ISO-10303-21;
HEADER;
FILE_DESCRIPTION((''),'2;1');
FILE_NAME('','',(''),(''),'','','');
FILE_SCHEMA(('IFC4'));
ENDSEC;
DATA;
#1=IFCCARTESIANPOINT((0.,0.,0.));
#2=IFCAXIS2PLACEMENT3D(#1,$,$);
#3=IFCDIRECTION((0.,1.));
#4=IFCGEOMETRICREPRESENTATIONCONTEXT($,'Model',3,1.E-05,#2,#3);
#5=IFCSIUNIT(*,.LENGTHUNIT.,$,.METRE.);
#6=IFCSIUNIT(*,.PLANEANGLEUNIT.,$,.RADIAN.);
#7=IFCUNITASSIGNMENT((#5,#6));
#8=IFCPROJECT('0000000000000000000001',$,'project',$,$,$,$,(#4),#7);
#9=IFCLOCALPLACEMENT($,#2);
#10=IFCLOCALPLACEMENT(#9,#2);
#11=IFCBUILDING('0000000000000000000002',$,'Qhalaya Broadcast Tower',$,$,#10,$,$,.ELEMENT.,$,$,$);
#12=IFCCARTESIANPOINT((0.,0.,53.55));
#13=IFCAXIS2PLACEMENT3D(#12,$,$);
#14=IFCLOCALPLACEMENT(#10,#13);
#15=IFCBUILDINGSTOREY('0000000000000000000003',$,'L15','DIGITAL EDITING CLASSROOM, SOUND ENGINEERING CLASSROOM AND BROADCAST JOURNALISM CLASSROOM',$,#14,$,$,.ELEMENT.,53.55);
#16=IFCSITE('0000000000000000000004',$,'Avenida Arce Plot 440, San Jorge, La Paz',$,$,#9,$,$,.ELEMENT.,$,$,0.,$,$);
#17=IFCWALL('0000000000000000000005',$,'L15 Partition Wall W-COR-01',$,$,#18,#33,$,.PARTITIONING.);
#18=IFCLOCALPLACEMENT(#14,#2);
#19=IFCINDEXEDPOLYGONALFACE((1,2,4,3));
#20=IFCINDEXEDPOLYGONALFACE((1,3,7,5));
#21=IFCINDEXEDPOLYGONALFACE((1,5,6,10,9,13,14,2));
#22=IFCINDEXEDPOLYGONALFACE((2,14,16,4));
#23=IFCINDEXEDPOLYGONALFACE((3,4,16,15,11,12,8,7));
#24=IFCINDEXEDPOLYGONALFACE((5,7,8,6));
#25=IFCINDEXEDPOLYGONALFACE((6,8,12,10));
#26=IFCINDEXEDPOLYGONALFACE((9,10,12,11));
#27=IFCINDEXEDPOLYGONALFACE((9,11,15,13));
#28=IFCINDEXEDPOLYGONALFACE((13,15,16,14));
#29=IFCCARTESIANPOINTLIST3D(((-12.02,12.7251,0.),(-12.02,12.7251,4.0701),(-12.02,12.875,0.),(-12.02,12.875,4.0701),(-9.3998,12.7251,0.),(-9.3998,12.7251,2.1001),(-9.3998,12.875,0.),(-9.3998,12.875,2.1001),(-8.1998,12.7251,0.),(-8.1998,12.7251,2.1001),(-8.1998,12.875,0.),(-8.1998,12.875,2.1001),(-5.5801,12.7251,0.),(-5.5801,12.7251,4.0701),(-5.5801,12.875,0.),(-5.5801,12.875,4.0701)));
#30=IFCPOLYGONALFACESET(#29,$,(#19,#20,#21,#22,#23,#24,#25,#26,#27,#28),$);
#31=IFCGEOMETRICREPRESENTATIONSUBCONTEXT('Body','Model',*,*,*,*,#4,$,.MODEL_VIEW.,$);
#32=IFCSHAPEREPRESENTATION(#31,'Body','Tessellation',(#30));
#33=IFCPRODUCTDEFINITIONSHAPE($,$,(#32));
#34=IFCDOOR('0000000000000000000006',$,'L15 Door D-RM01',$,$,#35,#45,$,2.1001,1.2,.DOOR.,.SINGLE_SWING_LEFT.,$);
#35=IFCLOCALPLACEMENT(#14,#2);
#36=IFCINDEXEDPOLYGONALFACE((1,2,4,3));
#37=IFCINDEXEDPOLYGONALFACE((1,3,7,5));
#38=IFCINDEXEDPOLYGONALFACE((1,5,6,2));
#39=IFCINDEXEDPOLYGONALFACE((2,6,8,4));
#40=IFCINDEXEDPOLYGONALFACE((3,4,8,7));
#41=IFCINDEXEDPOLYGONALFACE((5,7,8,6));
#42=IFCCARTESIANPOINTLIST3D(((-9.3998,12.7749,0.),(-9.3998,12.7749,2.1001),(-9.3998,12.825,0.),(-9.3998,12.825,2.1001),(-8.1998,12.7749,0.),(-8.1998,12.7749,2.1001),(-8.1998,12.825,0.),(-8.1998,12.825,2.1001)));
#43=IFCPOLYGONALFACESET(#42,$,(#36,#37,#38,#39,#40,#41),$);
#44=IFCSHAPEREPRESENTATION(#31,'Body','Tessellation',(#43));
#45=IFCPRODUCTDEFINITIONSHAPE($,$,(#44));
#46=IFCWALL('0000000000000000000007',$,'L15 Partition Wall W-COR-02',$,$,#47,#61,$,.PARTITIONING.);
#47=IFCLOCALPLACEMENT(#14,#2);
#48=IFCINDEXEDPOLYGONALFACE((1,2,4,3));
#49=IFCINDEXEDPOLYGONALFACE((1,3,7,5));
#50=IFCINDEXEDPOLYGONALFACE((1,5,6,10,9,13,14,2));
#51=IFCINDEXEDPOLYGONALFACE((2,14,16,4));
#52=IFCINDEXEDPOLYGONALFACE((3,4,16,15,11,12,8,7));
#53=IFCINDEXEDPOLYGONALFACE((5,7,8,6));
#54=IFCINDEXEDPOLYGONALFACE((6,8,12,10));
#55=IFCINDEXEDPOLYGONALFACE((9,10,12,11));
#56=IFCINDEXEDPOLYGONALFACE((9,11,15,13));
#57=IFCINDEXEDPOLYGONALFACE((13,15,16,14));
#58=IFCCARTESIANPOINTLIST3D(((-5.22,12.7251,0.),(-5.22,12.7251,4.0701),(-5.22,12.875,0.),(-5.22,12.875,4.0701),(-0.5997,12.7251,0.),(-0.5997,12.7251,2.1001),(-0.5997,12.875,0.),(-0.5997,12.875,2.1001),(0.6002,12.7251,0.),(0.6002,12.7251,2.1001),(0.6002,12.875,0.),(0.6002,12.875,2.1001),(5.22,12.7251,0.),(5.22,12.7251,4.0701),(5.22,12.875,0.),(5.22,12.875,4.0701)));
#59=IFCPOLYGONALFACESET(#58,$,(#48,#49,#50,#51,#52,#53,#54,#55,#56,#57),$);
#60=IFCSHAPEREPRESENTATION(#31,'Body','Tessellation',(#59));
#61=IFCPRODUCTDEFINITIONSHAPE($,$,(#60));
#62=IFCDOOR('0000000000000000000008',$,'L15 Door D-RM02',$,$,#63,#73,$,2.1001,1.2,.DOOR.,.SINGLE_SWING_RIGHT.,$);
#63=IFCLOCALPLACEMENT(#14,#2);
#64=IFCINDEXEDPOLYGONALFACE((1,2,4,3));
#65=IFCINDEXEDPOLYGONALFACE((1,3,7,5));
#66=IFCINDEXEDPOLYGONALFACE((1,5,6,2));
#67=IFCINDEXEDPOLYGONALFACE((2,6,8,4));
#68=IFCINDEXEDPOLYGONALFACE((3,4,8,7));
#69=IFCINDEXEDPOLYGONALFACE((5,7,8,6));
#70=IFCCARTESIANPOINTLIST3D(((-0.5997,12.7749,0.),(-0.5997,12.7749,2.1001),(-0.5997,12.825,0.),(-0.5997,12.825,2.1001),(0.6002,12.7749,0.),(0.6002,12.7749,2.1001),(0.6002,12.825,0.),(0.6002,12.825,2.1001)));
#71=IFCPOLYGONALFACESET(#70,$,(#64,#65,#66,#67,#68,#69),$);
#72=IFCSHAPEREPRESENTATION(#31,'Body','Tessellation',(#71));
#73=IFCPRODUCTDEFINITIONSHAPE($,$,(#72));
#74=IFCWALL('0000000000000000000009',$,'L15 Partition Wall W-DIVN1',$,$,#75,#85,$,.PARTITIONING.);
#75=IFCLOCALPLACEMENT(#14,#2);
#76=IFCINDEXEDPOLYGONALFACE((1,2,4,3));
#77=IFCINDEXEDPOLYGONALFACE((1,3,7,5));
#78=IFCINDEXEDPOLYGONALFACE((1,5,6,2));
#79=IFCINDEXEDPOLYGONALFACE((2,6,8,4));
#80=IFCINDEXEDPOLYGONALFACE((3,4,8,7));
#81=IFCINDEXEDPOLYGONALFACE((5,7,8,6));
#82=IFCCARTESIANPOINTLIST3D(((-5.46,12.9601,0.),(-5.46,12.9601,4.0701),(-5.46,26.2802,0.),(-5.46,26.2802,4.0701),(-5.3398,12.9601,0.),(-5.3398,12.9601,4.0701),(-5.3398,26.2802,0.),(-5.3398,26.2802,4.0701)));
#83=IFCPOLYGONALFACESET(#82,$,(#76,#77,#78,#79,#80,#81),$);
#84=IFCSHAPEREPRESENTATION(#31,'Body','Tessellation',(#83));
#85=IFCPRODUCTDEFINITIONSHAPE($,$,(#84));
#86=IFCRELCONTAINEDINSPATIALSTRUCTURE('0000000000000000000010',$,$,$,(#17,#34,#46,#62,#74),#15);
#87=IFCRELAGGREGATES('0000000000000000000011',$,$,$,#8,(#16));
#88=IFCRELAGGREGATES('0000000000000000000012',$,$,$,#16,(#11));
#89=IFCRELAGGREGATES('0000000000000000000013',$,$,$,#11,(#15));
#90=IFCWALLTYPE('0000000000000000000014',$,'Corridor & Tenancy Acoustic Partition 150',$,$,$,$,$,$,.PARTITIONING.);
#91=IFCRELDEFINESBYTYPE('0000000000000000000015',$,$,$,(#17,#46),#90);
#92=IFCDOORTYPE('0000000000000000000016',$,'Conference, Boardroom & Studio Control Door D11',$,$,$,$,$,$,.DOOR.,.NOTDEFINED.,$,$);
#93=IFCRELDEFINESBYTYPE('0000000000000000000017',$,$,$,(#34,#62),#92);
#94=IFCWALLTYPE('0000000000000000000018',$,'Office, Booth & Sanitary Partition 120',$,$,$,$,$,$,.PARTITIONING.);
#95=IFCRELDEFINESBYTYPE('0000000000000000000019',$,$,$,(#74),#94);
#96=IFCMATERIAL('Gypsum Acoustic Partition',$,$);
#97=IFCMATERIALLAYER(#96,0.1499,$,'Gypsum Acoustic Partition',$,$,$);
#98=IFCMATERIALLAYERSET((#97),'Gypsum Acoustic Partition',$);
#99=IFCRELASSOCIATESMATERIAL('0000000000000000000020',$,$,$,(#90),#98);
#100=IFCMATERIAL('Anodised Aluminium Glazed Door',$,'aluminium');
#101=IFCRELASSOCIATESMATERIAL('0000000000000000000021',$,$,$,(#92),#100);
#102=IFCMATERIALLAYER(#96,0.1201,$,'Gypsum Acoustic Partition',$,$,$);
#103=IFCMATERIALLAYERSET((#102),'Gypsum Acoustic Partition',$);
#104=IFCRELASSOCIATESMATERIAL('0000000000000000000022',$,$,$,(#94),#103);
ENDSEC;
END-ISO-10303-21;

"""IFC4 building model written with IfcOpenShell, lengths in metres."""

from ifc_helpers import new_model, si_unit, direction, frame, frame_2d, origin, place, context, subcontext, project, spatial, rectangle, extrude, material, layer, layer_set, type_object, element, fill, save


model = new_model("IFC4")

# Units and contexts
model_context = context("Model", 3, precision=1e-05, world=origin(), true_north=direction((0.0, 1.0)))
body_context = subcontext(model_context, "Body", "Model", "MODEL_VIEW")
ifc_project = project(units=[si_unit("LENGTHUNIT", "METRE"), si_unit("PLANEANGLEUNIT", "RADIAN")], contexts=[model_context])

# Site, building, storey
site_placement = place(None, origin())
site = spatial("IfcSite", under=ifc_project, at=site_placement, Name="Avenida Arce Plot 440, San Jorge, La Paz", CompositionType="ELEMENT", RefElevation=0.0)
building_placement = place(site_placement, origin())
building = spatial("IfcBuilding", under=site, at=building_placement, Name="Qhalaya Broadcast Tower", CompositionType="ELEMENT")
storey_placement = place(building_placement, frame((0.0, 0.0, 53.55)))
storey = spatial("IfcBuildingStorey", under=building, at=storey_placement, Name="L15", Description="DIGITAL EDITING CLASSROOM, SOUND ENGINEERING CLASSROOM AND BROADCAST JOURNALISM CLASSROOM", CompositionType="ELEMENT", Elevation=53.55)

# Walls, openings, doors
ifc_material_1 = material(Name="Gypsum Acoustic Partition")
ifc_layer_1 = layer(ifc_material_1, 0.1499, Name="Gypsum Acoustic Partition")
ifc_layer_set_1 = layer_set([ifc_layer_1], Name="Gypsum Acoustic Partition")
wall_type_1 = type_object("IfcWallType", Name="Corridor & Tenancy Acoustic Partition 150", PredefinedType="PARTITIONING", material=ifc_layer_set_1)
wall_1_placement = place(storey_placement, frame((-12.02, 12.8, 0.0), z_axis=(0.0, 0.0, 1.0), x_axis=(1.0, 0.0, 0.0)))
wall_1 = element("IfcWall", 1, at=wall_1_placement, inside=storey, type_object=wall_type_1, Name="L15 Partition Wall W-COR-01", PredefinedType="PARTITIONING", context=body_context, shape_type="SweptSolid", body=[
    extrude(rectangle(XDim=6.4399, YDim=0.1499, at=frame_2d((3.22, 0.0))), origin(), (0.0, 0.0, 1.0), 4.0701),
])
opening_1_placement = place(wall_1_placement, frame((2.6201, 0.0, 0.0)))
opening_1 = element("IfcOpeningElement", 2, at=opening_1_placement, cuts=wall_1, PredefinedType="OPENING", context=body_context, shape_type="SweptSolid", body=[
    extrude(rectangle(XDim=1.2, YDim=2.1001, at=frame_2d((0.6001, 1.05))), frame((0.0, 0.0869, 0.0), z_axis=(0.0, -1.0, 0.0), x_axis=(1.0, 0.0, 0.0)), (0.0, 0.0, 1.0), 0.1738),
])
ifc_material_2 = material(Name="Anodised Aluminium Glazed Door", Category="aluminium")
door_type = type_object("IfcDoorType", Name="Conference, Boardroom & Studio Control Door D11", OperationType="NOTDEFINED", PredefinedType="DOOR", material=ifc_material_2)
door_1_placement = place(opening_1_placement, origin())
door_1 = element("IfcDoor", 3, at=door_1_placement, inside=storey, type_object=door_type, Name="L15 Door D-RM01", OperationType="SINGLE_SWING_LEFT", OverallHeight=2.1001, OverallWidth=1.2, PredefinedType="DOOR", context=body_context, shape_type="SweptSolid", body=[
    extrude(rectangle(XDim=1.2, YDim=2.1001, at=frame_2d((0.6001, 1.05))), frame((0.0, 0.0249, 0.0), z_axis=(0.0, -1.0, 0.0), x_axis=(1.0, 0.0, 0.0)), (0.0, 0.0, 1.0), 0.05),
])
fill(opening_1, door_1)
wall_2_placement = place(storey_placement, frame((-5.22, 12.8, 0.0), z_axis=(0.0, 0.0, 1.0), x_axis=(1.0, 0.0, 0.0)))
wall_2 = element("IfcWall", 4, at=wall_2_placement, inside=storey, type_object=wall_type_1, Name="L15 Partition Wall W-COR-02", PredefinedType="PARTITIONING", context=body_context, shape_type="SweptSolid", body=[
    extrude(rectangle(XDim=10.4399, YDim=0.1499, at=frame_2d((5.22, 0.0))), origin(), (0.0, 0.0, 1.0), 4.0701),
])
opening_2_placement = place(wall_2_placement, frame((4.6201, 0.0, 0.0)))
opening_2 = element("IfcOpeningElement", 5, at=opening_2_placement, cuts=wall_2, PredefinedType="OPENING", context=body_context, shape_type="SweptSolid", body=[
    extrude(rectangle(XDim=1.2, YDim=2.1001, at=frame_2d((0.6001, 1.05))), frame((0.0, 0.0869, 0.0), z_axis=(0.0, -1.0, 0.0), x_axis=(1.0, 0.0, 0.0)), (0.0, 0.0, 1.0), 0.1738),
])
door_2_placement = place(opening_2_placement, origin())
door_2 = element("IfcDoor", 6, at=door_2_placement, inside=storey, type_object=door_type, Name="L15 Door D-RM02", OperationType="SINGLE_SWING_RIGHT", OverallHeight=2.1001, OverallWidth=1.2, PredefinedType="DOOR", context=body_context, shape_type="SweptSolid", body=[
    extrude(rectangle(XDim=1.2, YDim=2.1001, at=frame_2d((0.6001, 1.05))), frame((0.0, 0.0249, 0.0), z_axis=(0.0, -1.0, 0.0), x_axis=(1.0, 0.0, 0.0)), (0.0, 0.0, 1.0), 0.05),
])
fill(opening_2, door_2)

# Wall
ifc_layer_2 = layer(ifc_material_1, 0.1201, Name="Gypsum Acoustic Partition")
ifc_layer_set_2 = layer_set([ifc_layer_2], Name="Gypsum Acoustic Partition")
wall_type_2 = type_object("IfcWallType", Name="Office, Booth & Sanitary Partition 120", PredefinedType="PARTITIONING", material=ifc_layer_set_2)
wall_3_placement = place(storey_placement, frame((-5.3999, 12.96, 0.0), z_axis=(0.0, 0.0, 1.0), x_axis=(0.0, 1.0, 0.0)))
element("IfcWall", 7, at=wall_3_placement, inside=storey, type_object=wall_type_2, Name="L15 Partition Wall W-DIVN1", PredefinedType="PARTITIONING", context=body_context, shape_type="SweptSolid", body=[
    extrude(rectangle(XDim=13.3201, YDim=0.1201, at=frame_2d((6.6602, 0.0))), origin(), (0.0, 0.0, 1.0), 4.0701),
])

save(model, "model.ifc")
